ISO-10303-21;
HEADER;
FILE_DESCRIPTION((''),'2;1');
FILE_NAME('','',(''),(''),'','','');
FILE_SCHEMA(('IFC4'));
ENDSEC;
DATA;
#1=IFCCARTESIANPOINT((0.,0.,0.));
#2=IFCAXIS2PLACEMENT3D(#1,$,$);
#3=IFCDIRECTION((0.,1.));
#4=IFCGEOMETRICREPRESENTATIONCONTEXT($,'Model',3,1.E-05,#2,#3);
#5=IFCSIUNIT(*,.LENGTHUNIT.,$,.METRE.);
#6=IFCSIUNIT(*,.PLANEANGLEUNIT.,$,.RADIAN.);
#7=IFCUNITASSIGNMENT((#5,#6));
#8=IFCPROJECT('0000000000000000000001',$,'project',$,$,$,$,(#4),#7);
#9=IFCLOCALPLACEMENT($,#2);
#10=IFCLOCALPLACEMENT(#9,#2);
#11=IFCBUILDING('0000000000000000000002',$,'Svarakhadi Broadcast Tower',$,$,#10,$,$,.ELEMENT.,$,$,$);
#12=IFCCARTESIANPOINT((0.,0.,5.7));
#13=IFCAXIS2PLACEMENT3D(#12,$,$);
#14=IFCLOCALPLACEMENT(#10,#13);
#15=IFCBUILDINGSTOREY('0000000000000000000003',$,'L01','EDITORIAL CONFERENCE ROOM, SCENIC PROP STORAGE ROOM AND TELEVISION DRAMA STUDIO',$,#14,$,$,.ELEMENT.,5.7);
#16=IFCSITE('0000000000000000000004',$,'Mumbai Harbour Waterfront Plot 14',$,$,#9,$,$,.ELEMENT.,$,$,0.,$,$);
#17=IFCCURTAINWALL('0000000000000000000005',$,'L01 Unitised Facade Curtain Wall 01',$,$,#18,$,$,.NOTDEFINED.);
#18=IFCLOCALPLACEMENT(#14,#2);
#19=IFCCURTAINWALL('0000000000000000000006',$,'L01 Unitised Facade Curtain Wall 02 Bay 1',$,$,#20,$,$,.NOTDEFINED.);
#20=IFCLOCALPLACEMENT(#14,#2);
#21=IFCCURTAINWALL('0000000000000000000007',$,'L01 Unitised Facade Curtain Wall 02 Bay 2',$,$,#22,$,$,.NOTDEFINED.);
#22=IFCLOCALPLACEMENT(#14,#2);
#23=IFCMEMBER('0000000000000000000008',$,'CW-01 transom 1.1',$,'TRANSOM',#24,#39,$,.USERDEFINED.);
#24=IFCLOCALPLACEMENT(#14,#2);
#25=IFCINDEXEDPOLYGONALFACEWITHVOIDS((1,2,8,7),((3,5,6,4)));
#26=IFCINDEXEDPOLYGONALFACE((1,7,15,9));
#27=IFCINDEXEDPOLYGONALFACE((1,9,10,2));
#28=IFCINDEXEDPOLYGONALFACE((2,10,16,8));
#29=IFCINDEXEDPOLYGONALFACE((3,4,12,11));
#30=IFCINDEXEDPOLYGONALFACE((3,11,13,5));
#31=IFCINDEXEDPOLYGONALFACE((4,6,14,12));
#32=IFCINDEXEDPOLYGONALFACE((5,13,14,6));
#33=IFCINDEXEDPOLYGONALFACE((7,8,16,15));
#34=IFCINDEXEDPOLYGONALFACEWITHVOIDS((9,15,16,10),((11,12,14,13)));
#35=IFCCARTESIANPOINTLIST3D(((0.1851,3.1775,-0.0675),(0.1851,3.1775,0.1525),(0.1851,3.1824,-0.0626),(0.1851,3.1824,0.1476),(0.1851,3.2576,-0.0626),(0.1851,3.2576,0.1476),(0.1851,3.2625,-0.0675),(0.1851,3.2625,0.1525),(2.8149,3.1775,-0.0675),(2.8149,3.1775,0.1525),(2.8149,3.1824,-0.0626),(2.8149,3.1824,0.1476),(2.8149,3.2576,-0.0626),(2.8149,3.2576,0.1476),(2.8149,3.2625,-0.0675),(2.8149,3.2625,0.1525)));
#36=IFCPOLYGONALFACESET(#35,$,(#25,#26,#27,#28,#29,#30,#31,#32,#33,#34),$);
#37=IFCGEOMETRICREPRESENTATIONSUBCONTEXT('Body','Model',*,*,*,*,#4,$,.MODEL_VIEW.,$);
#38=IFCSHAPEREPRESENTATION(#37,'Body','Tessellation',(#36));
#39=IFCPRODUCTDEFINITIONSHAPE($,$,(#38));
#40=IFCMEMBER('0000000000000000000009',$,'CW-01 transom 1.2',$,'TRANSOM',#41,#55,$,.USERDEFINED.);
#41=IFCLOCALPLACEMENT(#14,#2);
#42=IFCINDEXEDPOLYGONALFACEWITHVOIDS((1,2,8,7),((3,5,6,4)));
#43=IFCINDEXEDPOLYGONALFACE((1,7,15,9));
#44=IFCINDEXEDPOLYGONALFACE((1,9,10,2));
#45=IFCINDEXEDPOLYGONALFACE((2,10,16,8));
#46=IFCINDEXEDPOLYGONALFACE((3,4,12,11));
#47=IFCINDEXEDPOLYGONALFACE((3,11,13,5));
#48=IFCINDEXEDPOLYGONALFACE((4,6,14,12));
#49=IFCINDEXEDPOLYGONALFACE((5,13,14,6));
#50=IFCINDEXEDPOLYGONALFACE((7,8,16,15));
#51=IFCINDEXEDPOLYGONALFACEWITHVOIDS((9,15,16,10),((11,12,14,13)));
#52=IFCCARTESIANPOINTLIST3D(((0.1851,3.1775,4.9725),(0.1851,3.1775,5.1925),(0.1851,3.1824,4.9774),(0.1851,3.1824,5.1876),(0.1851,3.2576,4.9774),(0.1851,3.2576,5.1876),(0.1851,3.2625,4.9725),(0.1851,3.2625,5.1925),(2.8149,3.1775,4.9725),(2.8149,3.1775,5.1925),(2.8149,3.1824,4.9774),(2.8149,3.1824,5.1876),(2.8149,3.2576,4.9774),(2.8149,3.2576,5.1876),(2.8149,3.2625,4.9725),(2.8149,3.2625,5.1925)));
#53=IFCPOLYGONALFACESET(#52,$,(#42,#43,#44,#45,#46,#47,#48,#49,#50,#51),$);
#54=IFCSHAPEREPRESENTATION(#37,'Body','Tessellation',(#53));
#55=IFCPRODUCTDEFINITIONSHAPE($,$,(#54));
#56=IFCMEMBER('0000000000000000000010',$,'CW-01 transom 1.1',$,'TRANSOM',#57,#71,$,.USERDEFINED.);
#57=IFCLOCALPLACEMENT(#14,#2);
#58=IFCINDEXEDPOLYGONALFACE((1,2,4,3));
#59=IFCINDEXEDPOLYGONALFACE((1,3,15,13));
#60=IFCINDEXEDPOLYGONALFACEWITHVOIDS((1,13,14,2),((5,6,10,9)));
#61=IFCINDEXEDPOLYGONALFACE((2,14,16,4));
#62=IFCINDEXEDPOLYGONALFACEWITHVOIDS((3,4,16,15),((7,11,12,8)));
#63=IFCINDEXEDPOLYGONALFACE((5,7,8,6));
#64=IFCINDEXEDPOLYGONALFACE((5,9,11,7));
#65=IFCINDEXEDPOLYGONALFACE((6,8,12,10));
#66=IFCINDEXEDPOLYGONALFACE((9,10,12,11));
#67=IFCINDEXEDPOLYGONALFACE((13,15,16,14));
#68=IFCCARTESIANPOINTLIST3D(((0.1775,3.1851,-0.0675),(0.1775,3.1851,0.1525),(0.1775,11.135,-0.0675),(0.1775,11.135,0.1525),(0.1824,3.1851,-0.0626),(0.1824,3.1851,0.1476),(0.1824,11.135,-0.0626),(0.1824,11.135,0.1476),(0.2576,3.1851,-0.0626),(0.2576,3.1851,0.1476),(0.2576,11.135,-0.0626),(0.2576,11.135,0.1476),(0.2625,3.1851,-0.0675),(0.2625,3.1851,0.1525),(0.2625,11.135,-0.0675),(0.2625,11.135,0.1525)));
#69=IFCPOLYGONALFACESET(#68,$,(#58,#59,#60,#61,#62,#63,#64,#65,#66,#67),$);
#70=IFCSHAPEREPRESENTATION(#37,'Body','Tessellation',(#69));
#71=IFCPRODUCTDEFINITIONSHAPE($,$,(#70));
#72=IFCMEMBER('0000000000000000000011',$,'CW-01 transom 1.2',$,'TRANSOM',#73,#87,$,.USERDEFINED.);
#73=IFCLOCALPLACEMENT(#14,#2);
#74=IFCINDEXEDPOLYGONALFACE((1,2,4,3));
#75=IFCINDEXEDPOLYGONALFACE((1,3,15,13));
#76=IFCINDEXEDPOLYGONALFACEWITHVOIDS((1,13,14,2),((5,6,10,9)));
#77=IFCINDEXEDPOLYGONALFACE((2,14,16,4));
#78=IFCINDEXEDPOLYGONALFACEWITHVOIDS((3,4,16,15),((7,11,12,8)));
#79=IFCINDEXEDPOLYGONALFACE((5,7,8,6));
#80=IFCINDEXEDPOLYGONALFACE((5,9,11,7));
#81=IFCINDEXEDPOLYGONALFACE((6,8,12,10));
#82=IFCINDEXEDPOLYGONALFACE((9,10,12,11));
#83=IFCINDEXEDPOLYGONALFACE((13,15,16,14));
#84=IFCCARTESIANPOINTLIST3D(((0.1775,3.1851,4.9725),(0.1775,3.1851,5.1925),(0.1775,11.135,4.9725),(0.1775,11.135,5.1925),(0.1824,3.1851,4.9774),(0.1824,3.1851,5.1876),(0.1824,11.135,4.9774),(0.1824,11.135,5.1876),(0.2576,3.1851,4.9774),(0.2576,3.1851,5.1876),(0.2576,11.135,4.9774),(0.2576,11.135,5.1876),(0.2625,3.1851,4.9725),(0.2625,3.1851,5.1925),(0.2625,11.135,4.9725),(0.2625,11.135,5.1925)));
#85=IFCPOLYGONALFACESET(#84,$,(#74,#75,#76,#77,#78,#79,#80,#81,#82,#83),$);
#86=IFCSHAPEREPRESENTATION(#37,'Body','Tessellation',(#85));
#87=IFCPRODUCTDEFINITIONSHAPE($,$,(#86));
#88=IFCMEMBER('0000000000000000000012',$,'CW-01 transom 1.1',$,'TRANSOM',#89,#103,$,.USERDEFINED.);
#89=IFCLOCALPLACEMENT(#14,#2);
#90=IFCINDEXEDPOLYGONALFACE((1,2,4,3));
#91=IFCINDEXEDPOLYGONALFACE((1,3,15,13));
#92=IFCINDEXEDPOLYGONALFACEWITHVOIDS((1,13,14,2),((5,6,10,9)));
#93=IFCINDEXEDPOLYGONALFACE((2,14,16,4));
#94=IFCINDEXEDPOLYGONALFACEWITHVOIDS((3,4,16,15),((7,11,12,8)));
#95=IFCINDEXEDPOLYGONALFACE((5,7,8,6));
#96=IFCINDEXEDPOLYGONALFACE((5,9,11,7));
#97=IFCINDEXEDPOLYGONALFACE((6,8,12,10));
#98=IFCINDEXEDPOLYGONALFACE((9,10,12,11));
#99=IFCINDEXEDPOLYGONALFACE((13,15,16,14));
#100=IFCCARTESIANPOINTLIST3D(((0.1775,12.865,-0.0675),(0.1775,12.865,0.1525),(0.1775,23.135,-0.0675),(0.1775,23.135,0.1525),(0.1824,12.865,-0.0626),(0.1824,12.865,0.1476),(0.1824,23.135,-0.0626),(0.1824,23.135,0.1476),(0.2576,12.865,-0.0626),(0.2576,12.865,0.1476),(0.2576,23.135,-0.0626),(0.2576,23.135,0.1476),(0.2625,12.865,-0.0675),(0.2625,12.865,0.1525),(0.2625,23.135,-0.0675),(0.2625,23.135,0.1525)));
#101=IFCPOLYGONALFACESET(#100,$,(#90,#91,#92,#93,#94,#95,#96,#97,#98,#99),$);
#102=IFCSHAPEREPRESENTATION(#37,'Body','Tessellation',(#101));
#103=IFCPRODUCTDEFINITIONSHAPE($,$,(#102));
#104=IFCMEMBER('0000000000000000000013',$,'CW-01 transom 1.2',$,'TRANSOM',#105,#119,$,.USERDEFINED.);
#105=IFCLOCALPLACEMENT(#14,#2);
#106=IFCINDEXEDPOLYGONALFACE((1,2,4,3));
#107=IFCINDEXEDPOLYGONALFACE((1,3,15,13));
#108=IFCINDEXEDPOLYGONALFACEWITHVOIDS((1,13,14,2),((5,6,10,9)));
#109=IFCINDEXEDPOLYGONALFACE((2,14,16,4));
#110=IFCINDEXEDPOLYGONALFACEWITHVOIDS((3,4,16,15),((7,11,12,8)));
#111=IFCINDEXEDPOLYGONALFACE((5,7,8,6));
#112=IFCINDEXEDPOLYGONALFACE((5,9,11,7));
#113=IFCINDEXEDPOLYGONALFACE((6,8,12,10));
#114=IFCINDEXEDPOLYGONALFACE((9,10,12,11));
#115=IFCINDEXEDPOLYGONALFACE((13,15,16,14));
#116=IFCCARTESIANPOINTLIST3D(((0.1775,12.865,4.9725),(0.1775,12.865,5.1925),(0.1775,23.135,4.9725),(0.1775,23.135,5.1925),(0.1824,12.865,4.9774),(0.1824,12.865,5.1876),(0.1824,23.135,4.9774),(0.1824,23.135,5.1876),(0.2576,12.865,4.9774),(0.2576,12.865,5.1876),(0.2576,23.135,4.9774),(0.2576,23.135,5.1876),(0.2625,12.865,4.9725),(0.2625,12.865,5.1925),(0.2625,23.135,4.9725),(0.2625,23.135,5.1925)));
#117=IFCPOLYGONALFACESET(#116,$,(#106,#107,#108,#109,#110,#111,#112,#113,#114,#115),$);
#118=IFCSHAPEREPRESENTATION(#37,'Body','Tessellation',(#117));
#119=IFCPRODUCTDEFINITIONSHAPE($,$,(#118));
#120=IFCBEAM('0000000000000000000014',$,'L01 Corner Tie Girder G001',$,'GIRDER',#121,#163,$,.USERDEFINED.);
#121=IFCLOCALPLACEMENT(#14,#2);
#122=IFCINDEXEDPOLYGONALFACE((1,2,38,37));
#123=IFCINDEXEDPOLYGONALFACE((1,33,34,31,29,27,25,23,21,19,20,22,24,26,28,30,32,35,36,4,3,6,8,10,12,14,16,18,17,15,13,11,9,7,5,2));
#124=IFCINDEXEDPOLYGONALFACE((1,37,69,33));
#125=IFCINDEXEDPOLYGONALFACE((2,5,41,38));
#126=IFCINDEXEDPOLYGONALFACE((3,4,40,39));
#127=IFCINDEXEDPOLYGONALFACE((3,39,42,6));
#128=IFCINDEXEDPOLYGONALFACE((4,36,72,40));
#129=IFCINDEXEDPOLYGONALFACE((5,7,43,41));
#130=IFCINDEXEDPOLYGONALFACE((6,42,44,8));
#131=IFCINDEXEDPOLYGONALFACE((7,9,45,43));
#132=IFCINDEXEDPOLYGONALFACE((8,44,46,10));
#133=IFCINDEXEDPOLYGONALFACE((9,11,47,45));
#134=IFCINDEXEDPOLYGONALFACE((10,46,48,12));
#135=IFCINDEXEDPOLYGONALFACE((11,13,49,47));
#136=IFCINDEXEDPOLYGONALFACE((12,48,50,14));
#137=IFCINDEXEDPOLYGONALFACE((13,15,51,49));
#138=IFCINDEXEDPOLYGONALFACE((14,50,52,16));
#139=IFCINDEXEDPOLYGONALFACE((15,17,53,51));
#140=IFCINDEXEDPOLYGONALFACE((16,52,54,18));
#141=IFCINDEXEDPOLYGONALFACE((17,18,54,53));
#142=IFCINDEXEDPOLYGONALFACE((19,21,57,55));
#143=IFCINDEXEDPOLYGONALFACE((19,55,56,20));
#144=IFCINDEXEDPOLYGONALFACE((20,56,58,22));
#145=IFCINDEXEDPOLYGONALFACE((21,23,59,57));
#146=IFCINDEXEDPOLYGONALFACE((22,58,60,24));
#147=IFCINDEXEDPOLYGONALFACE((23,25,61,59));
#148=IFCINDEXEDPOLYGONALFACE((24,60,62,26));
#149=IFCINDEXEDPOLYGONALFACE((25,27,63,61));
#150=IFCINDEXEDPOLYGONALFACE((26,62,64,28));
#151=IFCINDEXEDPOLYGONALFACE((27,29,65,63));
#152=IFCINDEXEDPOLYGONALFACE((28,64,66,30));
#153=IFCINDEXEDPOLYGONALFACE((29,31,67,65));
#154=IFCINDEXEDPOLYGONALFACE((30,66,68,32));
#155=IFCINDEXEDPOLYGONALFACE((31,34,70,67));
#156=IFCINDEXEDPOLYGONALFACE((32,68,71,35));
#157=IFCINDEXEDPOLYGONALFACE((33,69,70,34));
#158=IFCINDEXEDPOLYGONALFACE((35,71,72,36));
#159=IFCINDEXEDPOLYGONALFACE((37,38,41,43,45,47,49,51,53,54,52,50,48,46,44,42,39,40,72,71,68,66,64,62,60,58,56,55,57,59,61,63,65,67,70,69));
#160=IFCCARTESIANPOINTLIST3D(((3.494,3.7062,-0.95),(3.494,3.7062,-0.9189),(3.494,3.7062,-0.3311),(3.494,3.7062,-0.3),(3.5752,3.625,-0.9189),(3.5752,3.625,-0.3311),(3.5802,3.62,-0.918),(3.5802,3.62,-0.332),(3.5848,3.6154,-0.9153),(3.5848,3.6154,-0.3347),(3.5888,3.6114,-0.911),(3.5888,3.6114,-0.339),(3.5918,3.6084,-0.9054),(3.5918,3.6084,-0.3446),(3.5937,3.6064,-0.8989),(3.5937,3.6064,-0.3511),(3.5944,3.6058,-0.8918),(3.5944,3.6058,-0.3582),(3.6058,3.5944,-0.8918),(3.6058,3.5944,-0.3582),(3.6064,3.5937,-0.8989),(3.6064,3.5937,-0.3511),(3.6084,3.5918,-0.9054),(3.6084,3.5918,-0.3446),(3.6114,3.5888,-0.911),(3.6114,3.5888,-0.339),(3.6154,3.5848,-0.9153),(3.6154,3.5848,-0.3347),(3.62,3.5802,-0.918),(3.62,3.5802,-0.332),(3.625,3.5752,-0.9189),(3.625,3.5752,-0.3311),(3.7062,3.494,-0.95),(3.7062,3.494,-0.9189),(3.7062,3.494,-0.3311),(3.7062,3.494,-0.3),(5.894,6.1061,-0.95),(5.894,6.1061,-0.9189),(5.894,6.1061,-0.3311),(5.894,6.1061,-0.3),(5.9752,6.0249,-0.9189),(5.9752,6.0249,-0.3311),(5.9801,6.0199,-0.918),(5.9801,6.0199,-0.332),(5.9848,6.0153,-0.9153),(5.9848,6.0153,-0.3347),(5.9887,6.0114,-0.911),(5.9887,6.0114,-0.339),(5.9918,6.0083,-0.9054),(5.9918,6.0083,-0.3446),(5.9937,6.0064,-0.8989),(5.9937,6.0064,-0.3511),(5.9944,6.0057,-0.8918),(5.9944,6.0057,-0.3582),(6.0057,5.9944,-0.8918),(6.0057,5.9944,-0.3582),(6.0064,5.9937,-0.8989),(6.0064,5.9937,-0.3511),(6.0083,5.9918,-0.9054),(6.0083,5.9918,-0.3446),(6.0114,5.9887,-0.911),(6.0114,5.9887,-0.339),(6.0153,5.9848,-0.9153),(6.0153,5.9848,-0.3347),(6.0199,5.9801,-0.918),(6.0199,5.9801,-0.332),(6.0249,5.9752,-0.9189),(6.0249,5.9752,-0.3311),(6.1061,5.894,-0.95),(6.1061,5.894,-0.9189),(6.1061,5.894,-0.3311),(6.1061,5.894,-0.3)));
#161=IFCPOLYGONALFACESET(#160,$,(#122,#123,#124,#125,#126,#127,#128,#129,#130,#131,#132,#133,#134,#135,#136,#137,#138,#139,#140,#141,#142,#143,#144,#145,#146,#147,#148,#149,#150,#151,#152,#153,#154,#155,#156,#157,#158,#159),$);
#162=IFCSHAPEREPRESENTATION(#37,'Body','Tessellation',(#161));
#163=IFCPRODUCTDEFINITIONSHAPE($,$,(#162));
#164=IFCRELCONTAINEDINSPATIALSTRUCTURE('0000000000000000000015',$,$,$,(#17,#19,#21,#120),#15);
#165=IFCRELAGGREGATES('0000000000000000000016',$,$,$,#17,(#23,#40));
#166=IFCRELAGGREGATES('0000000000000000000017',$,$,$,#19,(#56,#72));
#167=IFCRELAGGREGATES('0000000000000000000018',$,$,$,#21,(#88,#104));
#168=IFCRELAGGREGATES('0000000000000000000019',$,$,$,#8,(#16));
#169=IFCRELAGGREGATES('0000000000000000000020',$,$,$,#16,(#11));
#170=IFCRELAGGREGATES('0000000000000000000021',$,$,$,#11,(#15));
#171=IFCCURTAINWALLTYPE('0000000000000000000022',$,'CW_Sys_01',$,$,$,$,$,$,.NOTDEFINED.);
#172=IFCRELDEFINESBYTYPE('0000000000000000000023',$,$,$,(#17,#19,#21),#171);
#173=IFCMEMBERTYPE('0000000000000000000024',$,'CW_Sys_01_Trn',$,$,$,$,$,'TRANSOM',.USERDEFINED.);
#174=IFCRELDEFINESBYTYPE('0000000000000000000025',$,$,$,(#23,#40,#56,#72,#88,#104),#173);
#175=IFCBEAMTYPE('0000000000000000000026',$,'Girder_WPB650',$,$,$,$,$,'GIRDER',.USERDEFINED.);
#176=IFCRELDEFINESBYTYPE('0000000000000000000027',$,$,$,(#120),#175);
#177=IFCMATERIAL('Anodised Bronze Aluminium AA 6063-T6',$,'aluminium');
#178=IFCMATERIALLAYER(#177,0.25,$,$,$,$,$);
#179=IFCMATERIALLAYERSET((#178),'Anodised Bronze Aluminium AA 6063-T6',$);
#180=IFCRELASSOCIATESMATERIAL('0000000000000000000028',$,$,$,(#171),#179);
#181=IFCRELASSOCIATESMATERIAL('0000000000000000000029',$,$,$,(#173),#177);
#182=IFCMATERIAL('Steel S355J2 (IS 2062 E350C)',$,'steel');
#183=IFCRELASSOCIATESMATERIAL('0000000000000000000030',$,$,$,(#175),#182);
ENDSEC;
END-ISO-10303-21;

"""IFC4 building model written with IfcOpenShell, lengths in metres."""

from ifc_helpers import new_model, si_unit, direction, frame, origin, origin_2d, place, context, subcontext, project, spatial, hollow_rectangle, i_section, extrude, material, layer, layer_set, material_profile, profile_set, type_object, element, aggregate, save


model = new_model("IFC4")

# Units and contexts
model_context = context("Model", 3, precision=1e-05, world=origin(), true_north=direction((0.0, 1.0)))
body_context = subcontext(model_context, "Body", "Model", "MODEL_VIEW")
ifc_project = project(units=[si_unit("LENGTHUNIT", "METRE"), si_unit("PLANEANGLEUNIT", "RADIAN")], contexts=[model_context])

# Site, building, storey
site_placement = place(None, origin())
site = spatial("IfcSite", under=ifc_project, at=site_placement, Name="Mumbai Harbour Waterfront Plot 14", CompositionType="ELEMENT", RefElevation=0.0)
building_placement = place(site_placement, origin())
building = spatial("IfcBuilding", under=site, at=building_placement, Name="Svarakhadi Broadcast Tower", CompositionType="ELEMENT")
storey_placement = place(building_placement, frame((0.0, 0.0, 5.7)))
storey = spatial("IfcBuildingStorey", under=building, at=storey_placement, Name="L01", Description="EDITORIAL CONFERENCE ROOM, SCENIC PROP STORAGE ROOM AND TELEVISION DRAMA STUDIO", CompositionType="ELEMENT", Elevation=5.7)

# Shared definitions
ifc_material_1 = material(Name="Steel S355J2 (IS 2062 E350C)", Category="steel")

# Curtain walls
ifc_material_2 = material(Name="Anodised Bronze Aluminium AA 6063-T6", Category="aluminium")
ifc_layer_1 = layer(ifc_material_2, 0.25)
ifc_layer_set_1 = layer_set([ifc_layer_1], Name="Anodised Bronze Aluminium AA 6063-T6")
curtain_wall_type = type_object("IfcCurtainWallType", Name="CW_Sys_01", PredefinedType="NOTDEFINED", material=ifc_layer_set_1)
curtain_wall_1_placement = place(storey_placement, origin())
curtain_wall_1 = element("IfcCurtainWall", 1, at=curtain_wall_1_placement, inside=storey, type_object=curtain_wall_type, Name="L01 Unitised Facade Curtain Wall 01", PredefinedType="NOTDEFINED")
curtain_wall_2_placement = place(storey_placement, origin())
curtain_wall_2 = element("IfcCurtainWall", 2, at=curtain_wall_2_placement, inside=storey, type_object=curtain_wall_type, Name="L01 Unitised Facade Curtain Wall 02 Bay 1", PredefinedType="NOTDEFINED")

# Curtain wall
curtain_wall_3_placement = place(storey_placement, origin())
curtain_wall_3 = element("IfcCurtainWall", 3, at=curtain_wall_3_placement, inside=storey, type_object=curtain_wall_type, Name="L01 Unitised Facade Curtain Wall 02 Bay 2", PredefinedType="NOTDEFINED")

# Members
ifc_material_profile_1 = material_profile(ifc_material_2, hollow_rectangle(XDim=0.085, YDim=0.22, WallThickness=0.0049, at=origin_2d()), Name="ALU TRANSOM 220x85x5")
ifc_profile_set_1 = profile_set([ifc_material_profile_1], Name="Anodised Bronze Aluminium AA 6063-T6")
member_type_1 = type_object("IfcMemberType", Name="CW_Sys_01_Trn", ElementType="TRANSOM", PredefinedType="USERDEFINED", material=ifc_profile_set_1)
member_1_placement = place(storey_placement, frame((2.8149, 3.22, 0.0425), z_axis=(-1.0, 0.0, 0.0), x_axis=(0.0, -1.0, 0.0)))
member_1 = element("IfcMember", 4, at=member_1_placement, type_object=member_type_1, Name="CW-01 transom 1.1", ObjectType="TRANSOM", PredefinedType="USERDEFINED", context=body_context, shape_type="SweptSolid", body=[
    extrude(hollow_rectangle(XDim=0.085, YDim=0.22, WallThickness=0.0049, at=origin_2d()), origin(), (0.0, 0.0, 1.0), 2.6299),
])
member_2_placement = place(storey_placement, frame((2.8149, 3.22, 5.0825), z_axis=(-1.0, 0.0, 0.0), x_axis=(0.0, -1.0, 0.0)))
member_2 = element("IfcMember", 5, at=member_2_placement, type_object=member_type_1, Name="CW-01 transom 1.2", ObjectType="TRANSOM", PredefinedType="USERDEFINED", context=body_context, shape_type="SweptSolid", body=[
    extrude(hollow_rectangle(XDim=0.085, YDim=0.22, WallThickness=0.0049, at=origin_2d()), origin(), (0.0, 0.0, 1.0), 2.6299),
])
member_3_placement = place(storey_placement, frame((0.22, 3.1851, 0.0425), z_axis=(0.0, 1.0, 0.0), x_axis=(-1.0, 0.0, 0.0)))
member_3 = element("IfcMember", 6, at=member_3_placement, type_object=member_type_1, Name="CW-01 transom 1.1", ObjectType="TRANSOM", PredefinedType="USERDEFINED", context=body_context, shape_type="SweptSolid", body=[
    extrude(hollow_rectangle(XDim=0.085, YDim=0.22, WallThickness=0.0049, at=origin_2d()), origin(), (0.0, 0.0, 1.0), 7.95),
])
member_4_placement = place(storey_placement, frame((0.22, 3.1851, 5.0825), z_axis=(0.0, 1.0, 0.0), x_axis=(-1.0, 0.0, 0.0)))
member_4 = element("IfcMember", 7, at=member_4_placement, type_object=member_type_1, Name="CW-01 transom 1.2", ObjectType="TRANSOM", PredefinedType="USERDEFINED", context=body_context, shape_type="SweptSolid", body=[
    extrude(hollow_rectangle(XDim=0.085, YDim=0.22, WallThickness=0.0049, at=origin_2d()), origin(), (0.0, 0.0, 1.0), 7.95),
])
member_5_placement = place(storey_placement, frame((0.22, 12.865, 0.0425), z_axis=(0.0, 1.0, 0.0), x_axis=(-1.0, 0.0, 0.0)))
member_5 = element("IfcMember", 8, at=member_5_placement, type_object=member_type_1, Name="CW-01 transom 1.1", ObjectType="TRANSOM", PredefinedType="USERDEFINED", context=body_context, shape_type="SweptSolid", body=[
    extrude(hollow_rectangle(XDim=0.085, YDim=0.22, WallThickness=0.0049, at=origin_2d()), origin(), (0.0, 0.0, 1.0), 10.27),
])
member_6_placement = place(storey_placement, frame((0.22, 12.865, 5.0825), z_axis=(0.0, 1.0, 0.0), x_axis=(-1.0, 0.0, 0.0)))
member_6 = element("IfcMember", 9, at=member_6_placement, type_object=member_type_1, Name="CW-01 transom 1.2", ObjectType="TRANSOM", PredefinedType="USERDEFINED", context=body_context, shape_type="SweptSolid", body=[
    extrude(hollow_rectangle(XDim=0.085, YDim=0.22, WallThickness=0.0049, at=origin_2d()), origin(), (0.0, 0.0, 1.0), 10.27),
])

# Beam
ifc_material_profile_2 = material_profile(ifc_material_1, i_section(OverallWidth=0.3, OverallDepth=0.6499, WebThickness=0.0161, FlangeThickness=0.031, FilletRadius=0.0271, at=origin_2d()), Name="WPB 650x300x225")
ifc_profile_set_2 = profile_set([ifc_material_profile_2], Name="Steel S355J2 (IS 2062 E350C)")
beam_type_1 = type_object("IfcBeamType", Name="Girder_WPB650", ElementType="GIRDER", PredefinedType="USERDEFINED", material=ifc_profile_set_2)
beam_placement = place(storey_placement, frame((3.6001, 3.6001, -0.625), z_axis=(0.707107, 0.707107, 0.0), x_axis=(-0.707107, 0.707107, 0.0)))
element("IfcBeam", 10, at=beam_placement, inside=storey, type_object=beam_type_1, Name="L01 Corner Tie Girder G001", ObjectType="GIRDER", PredefinedType="USERDEFINED", context=body_context, shape_type="SweptSolid", body=[
    extrude(i_section(OverallWidth=0.3, OverallDepth=0.6499, WebThickness=0.0161, FlangeThickness=0.031, FilletRadius=0.0271, at=origin_2d()), origin(), (0.0, 0.0, 1.0), 3.394),
])

aggregate(curtain_wall_1, [member_1, member_2])
aggregate(curtain_wall_2, [member_3, member_4])
aggregate(curtain_wall_3, [member_5, member_6])

save(model, "model.ifc")
